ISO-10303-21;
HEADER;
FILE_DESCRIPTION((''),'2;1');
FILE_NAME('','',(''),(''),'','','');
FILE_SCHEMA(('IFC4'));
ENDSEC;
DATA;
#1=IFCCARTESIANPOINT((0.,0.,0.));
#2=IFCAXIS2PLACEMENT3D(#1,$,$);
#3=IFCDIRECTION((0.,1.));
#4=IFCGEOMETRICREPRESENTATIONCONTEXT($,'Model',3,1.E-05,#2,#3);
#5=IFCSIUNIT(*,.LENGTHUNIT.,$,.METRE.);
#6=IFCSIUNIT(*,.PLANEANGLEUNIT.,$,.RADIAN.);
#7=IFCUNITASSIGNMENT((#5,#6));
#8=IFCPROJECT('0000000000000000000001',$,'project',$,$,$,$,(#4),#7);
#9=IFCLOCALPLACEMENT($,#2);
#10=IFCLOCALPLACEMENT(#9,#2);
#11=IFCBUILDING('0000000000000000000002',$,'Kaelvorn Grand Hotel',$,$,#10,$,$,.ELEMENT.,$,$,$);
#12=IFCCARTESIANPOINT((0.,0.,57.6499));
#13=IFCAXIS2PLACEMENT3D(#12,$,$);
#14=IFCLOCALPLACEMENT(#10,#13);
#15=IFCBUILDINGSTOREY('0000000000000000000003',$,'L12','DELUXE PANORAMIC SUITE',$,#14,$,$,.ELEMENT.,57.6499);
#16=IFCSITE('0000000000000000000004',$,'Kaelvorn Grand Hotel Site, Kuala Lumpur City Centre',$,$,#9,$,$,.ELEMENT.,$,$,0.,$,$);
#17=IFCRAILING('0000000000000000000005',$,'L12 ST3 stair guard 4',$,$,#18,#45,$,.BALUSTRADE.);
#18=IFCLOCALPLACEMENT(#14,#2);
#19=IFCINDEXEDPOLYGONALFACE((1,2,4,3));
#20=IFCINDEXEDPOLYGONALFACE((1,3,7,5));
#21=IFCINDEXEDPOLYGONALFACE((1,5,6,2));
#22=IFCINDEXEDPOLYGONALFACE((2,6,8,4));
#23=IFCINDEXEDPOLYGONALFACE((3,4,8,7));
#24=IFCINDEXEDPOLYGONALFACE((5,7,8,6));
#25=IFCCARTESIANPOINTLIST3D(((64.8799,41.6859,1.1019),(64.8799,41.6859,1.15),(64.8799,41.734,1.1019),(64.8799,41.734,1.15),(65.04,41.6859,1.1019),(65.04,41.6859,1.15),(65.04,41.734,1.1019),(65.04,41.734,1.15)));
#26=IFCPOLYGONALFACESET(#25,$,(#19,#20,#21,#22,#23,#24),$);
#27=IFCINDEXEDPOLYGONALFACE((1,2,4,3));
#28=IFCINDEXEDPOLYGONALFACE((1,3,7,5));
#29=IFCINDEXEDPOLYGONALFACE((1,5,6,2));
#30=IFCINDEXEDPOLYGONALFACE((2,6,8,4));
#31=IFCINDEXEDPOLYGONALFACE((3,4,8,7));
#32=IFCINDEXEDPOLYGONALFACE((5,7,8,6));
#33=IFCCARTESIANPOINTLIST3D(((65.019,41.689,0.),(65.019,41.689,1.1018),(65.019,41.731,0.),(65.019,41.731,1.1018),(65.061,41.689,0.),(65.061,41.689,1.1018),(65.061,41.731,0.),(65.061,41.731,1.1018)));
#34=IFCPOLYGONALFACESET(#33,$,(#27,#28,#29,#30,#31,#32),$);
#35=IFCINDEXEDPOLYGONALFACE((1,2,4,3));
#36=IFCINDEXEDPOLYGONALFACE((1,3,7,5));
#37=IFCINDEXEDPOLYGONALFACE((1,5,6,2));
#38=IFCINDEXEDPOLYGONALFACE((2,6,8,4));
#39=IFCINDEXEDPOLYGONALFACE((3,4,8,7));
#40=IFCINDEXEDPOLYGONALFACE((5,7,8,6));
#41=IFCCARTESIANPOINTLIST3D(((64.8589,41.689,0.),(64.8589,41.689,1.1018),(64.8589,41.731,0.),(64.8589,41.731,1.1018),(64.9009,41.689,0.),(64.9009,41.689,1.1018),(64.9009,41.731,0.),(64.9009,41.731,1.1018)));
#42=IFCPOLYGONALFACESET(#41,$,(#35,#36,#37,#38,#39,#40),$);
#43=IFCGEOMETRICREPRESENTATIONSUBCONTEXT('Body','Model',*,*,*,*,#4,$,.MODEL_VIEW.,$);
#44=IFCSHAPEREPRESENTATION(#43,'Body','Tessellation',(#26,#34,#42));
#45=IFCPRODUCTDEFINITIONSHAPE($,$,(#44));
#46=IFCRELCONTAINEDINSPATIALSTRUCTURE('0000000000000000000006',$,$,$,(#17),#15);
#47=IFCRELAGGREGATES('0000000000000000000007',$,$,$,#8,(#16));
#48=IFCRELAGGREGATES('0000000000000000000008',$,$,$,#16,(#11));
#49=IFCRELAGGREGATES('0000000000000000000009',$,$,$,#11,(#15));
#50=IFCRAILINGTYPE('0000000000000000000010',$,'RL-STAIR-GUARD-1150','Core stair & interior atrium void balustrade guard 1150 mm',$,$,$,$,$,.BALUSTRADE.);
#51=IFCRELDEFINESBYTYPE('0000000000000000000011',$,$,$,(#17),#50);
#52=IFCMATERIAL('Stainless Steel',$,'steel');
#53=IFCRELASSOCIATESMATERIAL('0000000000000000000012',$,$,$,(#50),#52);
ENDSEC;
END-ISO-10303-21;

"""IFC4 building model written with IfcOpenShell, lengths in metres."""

from ifc_helpers import new_model, si_unit, direction, frame, origin, origin_2d, place, context, subcontext, project, spatial, rectangle, extrude, material, type_object, element, save


model = new_model("IFC4")

# Units and contexts
model_context = context("Model", 3, precision=1e-05, world=origin(), true_north=direction((0.0, 1.0)))
body_context = subcontext(model_context, "Body", "Model", "MODEL_VIEW")
ifc_project = project(units=[si_unit("LENGTHUNIT", "METRE"), si_unit("PLANEANGLEUNIT", "RADIAN")], contexts=[model_context])

# Site, building, storey
site_placement = place(None, origin())
site = spatial("IfcSite", under=ifc_project, at=site_placement, Name="Kaelvorn Grand Hotel Site, Kuala Lumpur City Centre", CompositionType="ELEMENT", RefElevation=0.0)
building_placement = place(site_placement, origin())
building = spatial("IfcBuilding", under=site, at=building_placement, Name="Kaelvorn Grand Hotel", CompositionType="ELEMENT")
storey_placement = place(building_placement, frame((0.0, 0.0, 57.6499)))
storey = spatial("IfcBuildingStorey", under=building, at=storey_placement, Name="L12", Description="DELUXE PANORAMIC SUITE", CompositionType="ELEMENT", Elevation=57.6499)

# Shared definitions
ifc_material_1 = material(Name="Stainless Steel", Category="steel")

# Railing
railing_type_1 = type_object("IfcRailingType", Name="RL-STAIR-GUARD-1150", Description="Core stair & interior atrium void balustrade guard 1150 mm", PredefinedType="BALUSTRADE", material=ifc_material_1)
railing_1_placement = place(storey_placement, frame((65.04, 41.71, 0.0)))
element("IfcRailing", 1, at=railing_1_placement, inside=storey, type_object=railing_type_1, Name="L12 ST3 stair guard 4", PredefinedType="BALUSTRADE", context=body_context, shape_type="SweptSolid", body=[
    extrude(rectangle(XDim=0.0481, YDim=0.0481, at=origin_2d()), frame((0.0, 0.0, 1.126), z_axis=(-1.0, 0.0, 0.0), x_axis=(0.0, -1.0, 0.0)), (0.0, 0.0, 1.0), 0.1602),
    extrude(rectangle(XDim=0.042, YDim=0.042, at=origin_2d()), origin(), (0.0, 0.0, 1.0), 1.1018),
    extrude(rectangle(XDim=0.042, YDim=0.042, at=origin_2d()), frame((-0.1602, 0.0, 0.0)), (0.0, 0.0, 1.0), 1.1018),
])

save(model, "model.ifc")
